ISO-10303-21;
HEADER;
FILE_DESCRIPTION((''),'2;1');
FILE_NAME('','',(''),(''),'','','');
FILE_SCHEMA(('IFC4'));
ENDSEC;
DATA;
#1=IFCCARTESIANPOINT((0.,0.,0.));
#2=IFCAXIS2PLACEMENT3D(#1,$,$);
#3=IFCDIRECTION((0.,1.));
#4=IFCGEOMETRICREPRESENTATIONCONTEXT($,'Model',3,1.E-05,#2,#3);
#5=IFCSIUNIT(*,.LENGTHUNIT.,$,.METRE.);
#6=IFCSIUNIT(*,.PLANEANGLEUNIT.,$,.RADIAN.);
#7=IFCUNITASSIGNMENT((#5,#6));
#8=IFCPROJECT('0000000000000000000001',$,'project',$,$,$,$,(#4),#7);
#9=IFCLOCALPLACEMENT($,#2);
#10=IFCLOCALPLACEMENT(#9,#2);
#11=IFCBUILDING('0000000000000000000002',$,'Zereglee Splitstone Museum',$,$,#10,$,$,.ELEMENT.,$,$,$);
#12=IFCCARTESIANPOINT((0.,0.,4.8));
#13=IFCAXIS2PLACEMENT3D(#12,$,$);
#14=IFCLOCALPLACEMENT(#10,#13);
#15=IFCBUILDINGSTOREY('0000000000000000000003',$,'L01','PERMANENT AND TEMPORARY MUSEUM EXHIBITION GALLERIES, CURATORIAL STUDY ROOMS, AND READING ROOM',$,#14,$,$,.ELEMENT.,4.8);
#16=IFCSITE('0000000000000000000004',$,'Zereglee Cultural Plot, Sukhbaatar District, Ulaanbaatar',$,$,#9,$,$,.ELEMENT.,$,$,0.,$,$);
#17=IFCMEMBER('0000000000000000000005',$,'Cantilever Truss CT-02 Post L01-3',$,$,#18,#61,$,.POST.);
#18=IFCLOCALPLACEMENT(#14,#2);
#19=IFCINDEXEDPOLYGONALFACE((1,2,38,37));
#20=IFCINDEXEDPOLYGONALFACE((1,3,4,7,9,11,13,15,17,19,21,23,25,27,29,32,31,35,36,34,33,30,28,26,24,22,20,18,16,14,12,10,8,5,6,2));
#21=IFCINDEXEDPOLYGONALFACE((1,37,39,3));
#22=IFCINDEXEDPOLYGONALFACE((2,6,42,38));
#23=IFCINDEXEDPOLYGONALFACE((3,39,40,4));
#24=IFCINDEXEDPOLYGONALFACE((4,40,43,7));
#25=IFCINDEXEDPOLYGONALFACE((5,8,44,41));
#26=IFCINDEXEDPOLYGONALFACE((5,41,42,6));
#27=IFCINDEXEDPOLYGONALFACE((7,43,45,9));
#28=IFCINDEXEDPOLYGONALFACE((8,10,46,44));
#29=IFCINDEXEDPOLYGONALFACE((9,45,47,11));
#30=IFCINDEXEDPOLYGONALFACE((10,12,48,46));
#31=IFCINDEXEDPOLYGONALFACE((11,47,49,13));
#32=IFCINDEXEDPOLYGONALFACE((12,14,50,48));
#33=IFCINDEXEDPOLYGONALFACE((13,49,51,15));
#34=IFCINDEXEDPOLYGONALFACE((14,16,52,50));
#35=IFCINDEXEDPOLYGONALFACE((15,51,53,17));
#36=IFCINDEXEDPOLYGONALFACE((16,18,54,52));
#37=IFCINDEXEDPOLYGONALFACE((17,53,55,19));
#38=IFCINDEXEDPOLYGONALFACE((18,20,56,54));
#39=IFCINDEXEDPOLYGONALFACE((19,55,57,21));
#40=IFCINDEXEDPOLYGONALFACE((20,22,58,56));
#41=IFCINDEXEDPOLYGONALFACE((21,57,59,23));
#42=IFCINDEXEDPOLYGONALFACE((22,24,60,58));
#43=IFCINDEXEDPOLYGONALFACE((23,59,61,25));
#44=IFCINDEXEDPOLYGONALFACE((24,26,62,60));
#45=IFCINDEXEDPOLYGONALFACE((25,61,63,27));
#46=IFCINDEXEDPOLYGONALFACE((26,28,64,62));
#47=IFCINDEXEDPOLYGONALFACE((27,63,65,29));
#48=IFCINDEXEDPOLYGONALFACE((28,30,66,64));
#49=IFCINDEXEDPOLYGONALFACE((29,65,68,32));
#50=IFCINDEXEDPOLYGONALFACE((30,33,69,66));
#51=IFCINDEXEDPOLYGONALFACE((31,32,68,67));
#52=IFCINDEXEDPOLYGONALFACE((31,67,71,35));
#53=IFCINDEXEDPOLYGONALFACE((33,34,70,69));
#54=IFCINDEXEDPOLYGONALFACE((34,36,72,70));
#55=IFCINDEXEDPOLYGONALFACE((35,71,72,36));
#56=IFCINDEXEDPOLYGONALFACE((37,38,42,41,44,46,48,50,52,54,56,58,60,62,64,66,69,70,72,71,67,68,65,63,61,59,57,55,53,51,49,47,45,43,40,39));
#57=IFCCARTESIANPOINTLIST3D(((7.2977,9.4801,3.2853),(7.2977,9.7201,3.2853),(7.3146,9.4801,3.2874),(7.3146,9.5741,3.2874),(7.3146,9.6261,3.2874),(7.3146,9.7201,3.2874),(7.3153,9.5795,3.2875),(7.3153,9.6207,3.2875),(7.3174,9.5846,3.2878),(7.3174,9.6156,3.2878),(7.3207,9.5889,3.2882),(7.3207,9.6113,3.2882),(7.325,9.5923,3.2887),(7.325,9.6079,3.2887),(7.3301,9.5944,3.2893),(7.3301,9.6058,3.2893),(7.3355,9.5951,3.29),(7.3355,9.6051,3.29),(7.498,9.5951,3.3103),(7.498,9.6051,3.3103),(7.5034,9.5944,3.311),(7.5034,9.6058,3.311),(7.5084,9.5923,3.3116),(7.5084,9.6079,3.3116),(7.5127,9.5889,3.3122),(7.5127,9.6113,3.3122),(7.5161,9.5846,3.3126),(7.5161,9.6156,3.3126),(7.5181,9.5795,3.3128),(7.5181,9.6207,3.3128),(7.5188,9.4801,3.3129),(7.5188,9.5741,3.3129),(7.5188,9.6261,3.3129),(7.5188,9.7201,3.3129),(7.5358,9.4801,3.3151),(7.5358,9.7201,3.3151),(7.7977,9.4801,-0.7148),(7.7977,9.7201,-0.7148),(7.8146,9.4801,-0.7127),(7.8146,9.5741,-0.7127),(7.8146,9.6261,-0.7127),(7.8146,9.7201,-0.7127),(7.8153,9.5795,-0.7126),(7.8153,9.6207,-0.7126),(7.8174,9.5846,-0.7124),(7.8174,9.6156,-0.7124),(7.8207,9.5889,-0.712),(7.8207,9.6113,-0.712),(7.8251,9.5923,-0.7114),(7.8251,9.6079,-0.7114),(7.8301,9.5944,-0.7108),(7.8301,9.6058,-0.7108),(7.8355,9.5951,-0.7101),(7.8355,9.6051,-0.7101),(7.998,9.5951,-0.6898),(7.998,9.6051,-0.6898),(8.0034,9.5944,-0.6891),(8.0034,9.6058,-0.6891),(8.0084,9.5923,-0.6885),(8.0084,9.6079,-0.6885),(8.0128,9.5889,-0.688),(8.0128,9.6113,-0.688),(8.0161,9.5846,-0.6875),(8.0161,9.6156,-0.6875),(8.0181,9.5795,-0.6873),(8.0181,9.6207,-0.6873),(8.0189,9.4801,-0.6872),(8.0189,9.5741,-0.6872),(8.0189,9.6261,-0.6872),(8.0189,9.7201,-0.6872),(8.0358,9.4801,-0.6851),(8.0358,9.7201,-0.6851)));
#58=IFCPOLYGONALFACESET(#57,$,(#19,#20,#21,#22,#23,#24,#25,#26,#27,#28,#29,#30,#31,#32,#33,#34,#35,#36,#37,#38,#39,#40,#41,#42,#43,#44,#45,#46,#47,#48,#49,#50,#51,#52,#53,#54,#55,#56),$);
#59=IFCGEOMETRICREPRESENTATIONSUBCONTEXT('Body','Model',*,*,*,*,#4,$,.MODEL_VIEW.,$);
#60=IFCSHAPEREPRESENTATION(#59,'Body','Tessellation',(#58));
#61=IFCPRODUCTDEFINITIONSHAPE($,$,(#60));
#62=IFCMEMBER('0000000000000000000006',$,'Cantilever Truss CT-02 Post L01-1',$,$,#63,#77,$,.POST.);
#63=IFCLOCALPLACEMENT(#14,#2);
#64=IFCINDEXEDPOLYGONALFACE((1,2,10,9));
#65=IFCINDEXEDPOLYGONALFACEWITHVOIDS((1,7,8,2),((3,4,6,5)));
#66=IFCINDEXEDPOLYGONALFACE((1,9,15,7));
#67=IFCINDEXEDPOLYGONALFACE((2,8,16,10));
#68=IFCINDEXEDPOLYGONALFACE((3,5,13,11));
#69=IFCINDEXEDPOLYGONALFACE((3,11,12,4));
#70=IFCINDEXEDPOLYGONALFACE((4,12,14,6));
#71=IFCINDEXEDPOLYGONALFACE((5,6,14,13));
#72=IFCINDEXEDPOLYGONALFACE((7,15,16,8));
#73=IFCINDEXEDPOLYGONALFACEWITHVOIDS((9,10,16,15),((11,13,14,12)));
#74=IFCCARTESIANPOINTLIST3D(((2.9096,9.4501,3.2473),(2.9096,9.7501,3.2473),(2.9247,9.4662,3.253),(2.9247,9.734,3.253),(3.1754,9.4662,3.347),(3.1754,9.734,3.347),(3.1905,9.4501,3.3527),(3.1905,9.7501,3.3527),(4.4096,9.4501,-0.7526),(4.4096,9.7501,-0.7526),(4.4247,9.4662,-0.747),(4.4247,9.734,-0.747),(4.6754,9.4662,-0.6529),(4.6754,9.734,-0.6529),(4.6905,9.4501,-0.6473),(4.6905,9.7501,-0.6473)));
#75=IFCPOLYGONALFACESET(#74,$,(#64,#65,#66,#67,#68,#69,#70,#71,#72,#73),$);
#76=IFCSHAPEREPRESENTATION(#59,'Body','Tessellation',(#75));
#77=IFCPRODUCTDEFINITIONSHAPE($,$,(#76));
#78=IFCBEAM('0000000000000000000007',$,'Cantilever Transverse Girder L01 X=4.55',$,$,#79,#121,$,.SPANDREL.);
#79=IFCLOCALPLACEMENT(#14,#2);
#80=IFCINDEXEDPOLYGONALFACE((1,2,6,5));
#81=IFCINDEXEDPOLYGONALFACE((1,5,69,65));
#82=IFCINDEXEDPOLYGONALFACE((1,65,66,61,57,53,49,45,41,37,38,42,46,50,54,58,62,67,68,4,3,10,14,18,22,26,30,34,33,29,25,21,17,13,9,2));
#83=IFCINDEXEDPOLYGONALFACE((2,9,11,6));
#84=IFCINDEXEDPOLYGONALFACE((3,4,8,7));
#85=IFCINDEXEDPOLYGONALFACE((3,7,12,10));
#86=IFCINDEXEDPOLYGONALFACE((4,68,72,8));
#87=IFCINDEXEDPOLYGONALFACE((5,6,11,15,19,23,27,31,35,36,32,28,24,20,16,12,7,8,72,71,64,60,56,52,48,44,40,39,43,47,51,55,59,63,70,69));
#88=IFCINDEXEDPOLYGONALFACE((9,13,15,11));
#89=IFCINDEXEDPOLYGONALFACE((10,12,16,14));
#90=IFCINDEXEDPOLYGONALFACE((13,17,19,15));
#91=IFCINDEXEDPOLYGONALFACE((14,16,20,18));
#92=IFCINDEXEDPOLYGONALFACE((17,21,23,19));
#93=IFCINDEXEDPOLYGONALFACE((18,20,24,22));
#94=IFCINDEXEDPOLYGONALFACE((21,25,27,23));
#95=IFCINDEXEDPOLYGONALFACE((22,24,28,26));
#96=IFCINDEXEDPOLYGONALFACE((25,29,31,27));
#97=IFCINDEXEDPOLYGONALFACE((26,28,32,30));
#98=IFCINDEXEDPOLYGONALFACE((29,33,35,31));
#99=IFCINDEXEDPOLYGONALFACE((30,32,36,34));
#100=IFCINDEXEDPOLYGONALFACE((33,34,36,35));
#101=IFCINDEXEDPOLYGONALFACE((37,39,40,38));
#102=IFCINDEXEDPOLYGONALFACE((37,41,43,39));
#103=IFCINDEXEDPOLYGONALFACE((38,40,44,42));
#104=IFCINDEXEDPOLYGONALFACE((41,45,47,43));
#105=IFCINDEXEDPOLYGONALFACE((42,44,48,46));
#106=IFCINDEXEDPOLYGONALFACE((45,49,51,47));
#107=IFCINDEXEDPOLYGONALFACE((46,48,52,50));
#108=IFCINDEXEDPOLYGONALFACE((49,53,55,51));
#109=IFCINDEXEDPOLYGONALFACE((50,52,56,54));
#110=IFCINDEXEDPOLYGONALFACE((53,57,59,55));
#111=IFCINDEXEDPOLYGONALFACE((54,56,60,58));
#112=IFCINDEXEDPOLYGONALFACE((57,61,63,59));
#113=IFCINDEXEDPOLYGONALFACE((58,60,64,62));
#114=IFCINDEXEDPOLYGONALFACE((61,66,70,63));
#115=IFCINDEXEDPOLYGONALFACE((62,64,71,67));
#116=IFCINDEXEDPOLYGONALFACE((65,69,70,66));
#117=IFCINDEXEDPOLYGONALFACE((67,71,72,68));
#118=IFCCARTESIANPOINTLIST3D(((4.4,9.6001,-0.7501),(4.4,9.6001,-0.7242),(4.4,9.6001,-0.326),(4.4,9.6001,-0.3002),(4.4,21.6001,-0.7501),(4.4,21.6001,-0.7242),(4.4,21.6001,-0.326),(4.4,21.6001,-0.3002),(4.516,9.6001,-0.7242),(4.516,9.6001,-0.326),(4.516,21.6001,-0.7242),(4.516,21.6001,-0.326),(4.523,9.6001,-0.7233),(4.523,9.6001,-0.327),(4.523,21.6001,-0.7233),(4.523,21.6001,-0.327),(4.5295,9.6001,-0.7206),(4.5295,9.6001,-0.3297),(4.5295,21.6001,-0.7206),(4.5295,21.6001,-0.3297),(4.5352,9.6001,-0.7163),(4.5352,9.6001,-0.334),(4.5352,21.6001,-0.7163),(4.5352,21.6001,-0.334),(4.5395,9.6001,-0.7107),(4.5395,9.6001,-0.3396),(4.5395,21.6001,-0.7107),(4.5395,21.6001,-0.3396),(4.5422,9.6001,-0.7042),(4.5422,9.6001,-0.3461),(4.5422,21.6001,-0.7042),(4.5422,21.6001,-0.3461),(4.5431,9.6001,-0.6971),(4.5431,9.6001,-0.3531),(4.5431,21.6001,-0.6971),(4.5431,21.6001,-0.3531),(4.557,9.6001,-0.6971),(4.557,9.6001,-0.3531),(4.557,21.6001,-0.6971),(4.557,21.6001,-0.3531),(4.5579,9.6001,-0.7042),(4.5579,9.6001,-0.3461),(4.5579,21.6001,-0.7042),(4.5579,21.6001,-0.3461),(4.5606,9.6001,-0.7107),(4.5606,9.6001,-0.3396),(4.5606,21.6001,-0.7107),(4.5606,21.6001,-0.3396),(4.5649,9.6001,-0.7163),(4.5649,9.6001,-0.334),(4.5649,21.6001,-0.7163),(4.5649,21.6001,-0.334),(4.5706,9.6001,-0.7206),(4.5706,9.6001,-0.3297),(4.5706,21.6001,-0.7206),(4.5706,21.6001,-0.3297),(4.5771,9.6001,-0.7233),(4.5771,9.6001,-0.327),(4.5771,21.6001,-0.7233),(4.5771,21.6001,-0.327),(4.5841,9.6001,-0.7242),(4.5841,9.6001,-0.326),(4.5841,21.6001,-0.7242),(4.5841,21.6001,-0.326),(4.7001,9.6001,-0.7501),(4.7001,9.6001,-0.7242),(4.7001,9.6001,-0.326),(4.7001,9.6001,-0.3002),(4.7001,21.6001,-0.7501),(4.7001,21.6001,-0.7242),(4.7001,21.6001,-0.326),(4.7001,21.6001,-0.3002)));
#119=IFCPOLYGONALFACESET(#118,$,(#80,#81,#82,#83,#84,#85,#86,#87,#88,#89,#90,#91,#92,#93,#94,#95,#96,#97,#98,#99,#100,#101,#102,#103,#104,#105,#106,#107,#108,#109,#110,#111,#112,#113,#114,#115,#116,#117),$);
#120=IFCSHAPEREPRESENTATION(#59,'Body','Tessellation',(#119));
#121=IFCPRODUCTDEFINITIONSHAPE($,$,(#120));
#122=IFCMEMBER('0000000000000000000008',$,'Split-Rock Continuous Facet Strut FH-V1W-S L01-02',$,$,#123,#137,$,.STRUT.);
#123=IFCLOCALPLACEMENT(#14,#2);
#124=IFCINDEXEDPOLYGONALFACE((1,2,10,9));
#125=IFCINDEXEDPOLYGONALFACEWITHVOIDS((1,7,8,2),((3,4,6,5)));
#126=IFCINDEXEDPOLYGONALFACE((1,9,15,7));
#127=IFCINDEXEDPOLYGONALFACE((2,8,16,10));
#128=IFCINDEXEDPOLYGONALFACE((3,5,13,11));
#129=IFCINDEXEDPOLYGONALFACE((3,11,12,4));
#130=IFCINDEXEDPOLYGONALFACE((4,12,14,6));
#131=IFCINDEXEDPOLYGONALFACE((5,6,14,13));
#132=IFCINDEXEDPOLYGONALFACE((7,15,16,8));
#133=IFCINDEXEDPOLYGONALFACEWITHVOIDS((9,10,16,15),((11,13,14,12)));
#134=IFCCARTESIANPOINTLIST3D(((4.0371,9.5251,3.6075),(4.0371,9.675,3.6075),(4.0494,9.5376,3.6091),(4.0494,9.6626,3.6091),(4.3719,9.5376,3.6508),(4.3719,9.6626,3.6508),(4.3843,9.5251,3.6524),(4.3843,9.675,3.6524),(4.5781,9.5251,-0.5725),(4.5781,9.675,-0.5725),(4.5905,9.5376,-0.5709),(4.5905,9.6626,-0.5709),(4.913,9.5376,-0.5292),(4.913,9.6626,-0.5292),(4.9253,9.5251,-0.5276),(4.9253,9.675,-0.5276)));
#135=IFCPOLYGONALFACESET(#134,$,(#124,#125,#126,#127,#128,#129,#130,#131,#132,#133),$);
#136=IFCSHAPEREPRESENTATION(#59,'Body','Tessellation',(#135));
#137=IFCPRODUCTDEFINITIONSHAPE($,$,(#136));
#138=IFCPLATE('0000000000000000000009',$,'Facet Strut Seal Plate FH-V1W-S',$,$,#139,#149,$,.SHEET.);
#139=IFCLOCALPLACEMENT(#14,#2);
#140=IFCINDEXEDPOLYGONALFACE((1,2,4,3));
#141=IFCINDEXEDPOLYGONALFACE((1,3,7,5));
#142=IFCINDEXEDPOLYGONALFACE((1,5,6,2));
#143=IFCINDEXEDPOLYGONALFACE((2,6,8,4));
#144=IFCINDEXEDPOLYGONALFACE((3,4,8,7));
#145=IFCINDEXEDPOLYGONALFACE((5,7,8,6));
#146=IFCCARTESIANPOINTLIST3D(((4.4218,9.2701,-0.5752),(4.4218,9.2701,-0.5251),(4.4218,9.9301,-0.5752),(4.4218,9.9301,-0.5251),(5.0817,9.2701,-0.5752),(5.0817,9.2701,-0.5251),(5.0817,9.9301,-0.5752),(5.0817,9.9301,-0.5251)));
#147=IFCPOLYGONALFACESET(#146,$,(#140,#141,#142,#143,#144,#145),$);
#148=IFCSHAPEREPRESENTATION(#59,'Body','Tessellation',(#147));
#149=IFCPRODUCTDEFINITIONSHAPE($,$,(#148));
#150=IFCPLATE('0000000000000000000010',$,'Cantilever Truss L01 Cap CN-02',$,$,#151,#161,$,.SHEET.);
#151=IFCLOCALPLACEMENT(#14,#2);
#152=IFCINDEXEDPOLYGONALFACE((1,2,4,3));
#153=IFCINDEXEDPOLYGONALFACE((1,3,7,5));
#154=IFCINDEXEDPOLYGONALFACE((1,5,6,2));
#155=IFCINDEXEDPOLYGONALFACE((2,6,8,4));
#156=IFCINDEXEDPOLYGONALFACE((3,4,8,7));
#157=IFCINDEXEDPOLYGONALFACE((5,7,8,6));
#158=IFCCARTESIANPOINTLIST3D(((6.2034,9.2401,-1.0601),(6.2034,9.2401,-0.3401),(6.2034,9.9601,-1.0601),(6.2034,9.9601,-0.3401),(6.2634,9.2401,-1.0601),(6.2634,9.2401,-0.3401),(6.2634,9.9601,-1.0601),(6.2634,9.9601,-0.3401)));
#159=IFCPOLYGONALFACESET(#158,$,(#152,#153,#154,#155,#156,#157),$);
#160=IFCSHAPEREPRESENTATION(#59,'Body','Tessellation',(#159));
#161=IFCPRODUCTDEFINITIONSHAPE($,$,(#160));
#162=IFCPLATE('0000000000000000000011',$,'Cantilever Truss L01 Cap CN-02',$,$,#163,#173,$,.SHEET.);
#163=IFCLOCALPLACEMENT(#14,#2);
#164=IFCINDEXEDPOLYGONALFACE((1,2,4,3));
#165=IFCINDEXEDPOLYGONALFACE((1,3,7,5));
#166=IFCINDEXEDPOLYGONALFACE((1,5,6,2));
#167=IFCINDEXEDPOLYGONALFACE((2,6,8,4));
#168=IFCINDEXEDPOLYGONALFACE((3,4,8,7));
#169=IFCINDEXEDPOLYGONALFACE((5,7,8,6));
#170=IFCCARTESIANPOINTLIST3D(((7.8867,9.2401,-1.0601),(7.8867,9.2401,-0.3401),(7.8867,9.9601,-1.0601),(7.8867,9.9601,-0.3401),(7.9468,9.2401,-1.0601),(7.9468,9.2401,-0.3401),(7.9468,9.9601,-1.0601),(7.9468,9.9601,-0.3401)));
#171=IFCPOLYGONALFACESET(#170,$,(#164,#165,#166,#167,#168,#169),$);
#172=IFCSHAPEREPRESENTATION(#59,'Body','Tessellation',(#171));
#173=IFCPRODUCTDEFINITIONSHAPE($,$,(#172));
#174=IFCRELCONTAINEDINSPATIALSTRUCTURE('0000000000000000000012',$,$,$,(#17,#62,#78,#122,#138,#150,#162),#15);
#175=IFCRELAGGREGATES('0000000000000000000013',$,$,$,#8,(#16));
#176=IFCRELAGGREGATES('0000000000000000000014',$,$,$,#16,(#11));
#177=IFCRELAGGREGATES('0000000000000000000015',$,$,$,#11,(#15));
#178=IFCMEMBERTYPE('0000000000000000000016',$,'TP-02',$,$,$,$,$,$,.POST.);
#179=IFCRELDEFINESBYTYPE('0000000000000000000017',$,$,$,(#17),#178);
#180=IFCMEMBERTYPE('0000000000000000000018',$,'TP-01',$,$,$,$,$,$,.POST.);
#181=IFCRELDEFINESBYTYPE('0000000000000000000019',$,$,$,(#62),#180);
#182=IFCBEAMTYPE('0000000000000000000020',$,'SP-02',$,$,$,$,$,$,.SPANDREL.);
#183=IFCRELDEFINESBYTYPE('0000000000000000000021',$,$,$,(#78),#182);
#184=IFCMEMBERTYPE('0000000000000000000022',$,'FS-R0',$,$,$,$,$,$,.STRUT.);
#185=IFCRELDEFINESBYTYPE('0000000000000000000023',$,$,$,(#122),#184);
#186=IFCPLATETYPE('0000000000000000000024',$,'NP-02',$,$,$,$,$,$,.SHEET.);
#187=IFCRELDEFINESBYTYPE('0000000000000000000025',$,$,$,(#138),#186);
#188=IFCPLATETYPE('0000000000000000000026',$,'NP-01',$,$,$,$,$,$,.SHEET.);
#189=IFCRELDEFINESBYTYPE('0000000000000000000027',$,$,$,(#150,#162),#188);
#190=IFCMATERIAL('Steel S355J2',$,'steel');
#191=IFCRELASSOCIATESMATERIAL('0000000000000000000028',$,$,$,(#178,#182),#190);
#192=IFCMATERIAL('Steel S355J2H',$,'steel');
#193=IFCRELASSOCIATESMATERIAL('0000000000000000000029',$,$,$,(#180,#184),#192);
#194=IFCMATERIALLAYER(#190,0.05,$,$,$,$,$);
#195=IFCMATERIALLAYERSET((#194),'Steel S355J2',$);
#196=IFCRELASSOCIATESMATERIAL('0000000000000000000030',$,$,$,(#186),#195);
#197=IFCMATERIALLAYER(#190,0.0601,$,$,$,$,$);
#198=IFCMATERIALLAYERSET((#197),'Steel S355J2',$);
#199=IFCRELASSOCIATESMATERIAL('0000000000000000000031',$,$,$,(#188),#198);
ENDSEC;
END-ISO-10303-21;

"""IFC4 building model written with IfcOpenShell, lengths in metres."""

from ifc_helpers import new_model, si_unit, direction, frame, origin, origin_2d, place, context, subcontext, project, spatial, rectangle, hollow_rectangle, i_section, extrude, material, layer, layer_set, material_profile, profile_set, type_object, element, save


model = new_model("IFC4")

# Units and contexts
model_context = context("Model", 3, precision=1e-05, world=origin(), true_north=direction((0.0, 1.0)))
body_context = subcontext(model_context, "Body", "Model", "MODEL_VIEW")
ifc_project = project(units=[si_unit("LENGTHUNIT", "METRE"), si_unit("PLANEANGLEUNIT", "RADIAN")], contexts=[model_context])

# Site, building, storey
site_placement = place(None, origin())
site = spatial("IfcSite", under=ifc_project, at=site_placement, Name="Zereglee Cultural Plot, Sukhbaatar District, Ulaanbaatar", CompositionType="ELEMENT", RefElevation=0.0)
building_placement = place(site_placement, origin())
building = spatial("IfcBuilding", under=site, at=building_placement, Name="Zereglee Splitstone Museum", CompositionType="ELEMENT")
storey_placement = place(building_placement, frame((0.0, 0.0, 4.8)))
storey = spatial("IfcBuildingStorey", under=building, at=storey_placement, Name="L01", Description="PERMANENT AND TEMPORARY MUSEUM EXHIBITION GALLERIES, CURATORIAL STUDY ROOMS, AND READING ROOM", CompositionType="ELEMENT", Elevation=4.8)

# Shared definitions
ifc_material_1 = material(Name="Steel S355J2H", Category="steel")

# Shared definitions
ifc_material_2 = material(Name="Steel S355J2", Category="steel")

# Members
ifc_material_profile_1 = material_profile(ifc_material_2, i_section(OverallWidth=0.24, OverallDepth=0.24, WebThickness=0.01, FlangeThickness=0.0171, FilletRadius=0.021, at=origin_2d()), Name="HE 240 B")
ifc_profile_set_1 = profile_set([ifc_material_profile_1], Name="Steel S355J2")
member_type_1 = type_object("IfcMemberType", Name="TP-02", PredefinedType="POST", material=ifc_profile_set_1)
member_1_placement = place(storey_placement, frame((7.9167, 9.6001, -0.7), z_axis=(-0.124035, 0.0, 0.992278), x_axis=(0.0, -1.0, 0.0)))
element("IfcMember", 1, at=member_1_placement, inside=storey, type_object=member_type_1, Name="Cantilever Truss CT-02 Post L01-3", PredefinedType="POST", context=body_context, shape_type="SweptSolid", body=[
    extrude(i_section(OverallWidth=0.24, OverallDepth=0.24, WebThickness=0.01, FlangeThickness=0.0171, FilletRadius=0.021, at=origin_2d()), origin(), (0.0, 0.0, 1.0), 4.0312),
])
ifc_material_profile_2 = material_profile(ifc_material_1, hollow_rectangle(XDim=0.3, YDim=0.3, WallThickness=0.0161, at=origin_2d()), Name="SHS 300x300x16")
ifc_profile_set_2 = profile_set([ifc_material_profile_2], Name="Steel S355J2H")
member_type_2 = type_object("IfcMemberType", Name="TP-01", PredefinedType="POST", material=ifc_profile_set_2)
member_2_placement = place(storey_placement, frame((4.55, 9.6001, -0.7), z_axis=(-0.351123, 0.0, 0.936329), x_axis=(0.0, -1.0, 0.0)))
element("IfcMember", 2, at=member_2_placement, inside=storey, type_object=member_type_2, Name="Cantilever Truss CT-02 Post L01-1", PredefinedType="POST", context=body_context, shape_type="SweptSolid", body=[
    extrude(hollow_rectangle(XDim=0.3, YDim=0.3, WallThickness=0.0161, at=origin_2d()), origin(), (0.0, 0.0, 1.0), 4.272),
])

# Beam
ifc_material_profile_3 = material_profile(ifc_material_2, i_section(OverallWidth=0.3, OverallDepth=0.45, WebThickness=0.0139, FlangeThickness=0.0259, FilletRadius=0.0271, at=origin_2d()), Name="HE 450 B")
ifc_profile_set_3 = profile_set([ifc_material_profile_3], Name="Steel S355J2")
beam_type_1 = type_object("IfcBeamType", Name="SP-02", PredefinedType="SPANDREL", material=ifc_profile_set_3)
beam_1_placement = place(storey_placement, frame((4.55, 9.6001, -0.5251), z_axis=(0.0, 1.0, 0.0), x_axis=(-1.0, 0.0, 0.0)))
element("IfcBeam", 3, at=beam_1_placement, inside=storey, type_object=beam_type_1, Name="Cantilever Transverse Girder L01 X=4.55", PredefinedType="SPANDREL", context=body_context, shape_type="SweptSolid", body=[
    extrude(i_section(OverallWidth=0.3, OverallDepth=0.45, WebThickness=0.0139, FlangeThickness=0.0259, FilletRadius=0.0271, at=origin_2d()), origin(), (0.0, 0.0, 1.0), 12.0),
])

# Member
ifc_material_profile_4 = material_profile(ifc_material_1, hollow_rectangle(XDim=0.1499, YDim=0.3501, WallThickness=0.0125, at=origin_2d()), Name="RHS 350x150x12.5")
ifc_profile_set_4 = profile_set([ifc_material_profile_4], Name="Steel S355J2H")
member_type_3 = type_object("IfcMemberType", Name="FS-R0", PredefinedType="STRUT", material=ifc_profile_set_4)
member_3_placement = place(storey_placement, frame((4.7517, 9.6001, -0.55), z_axis=(-0.128361, 0.0, 0.991728), x_axis=(0.0, -1.0, 0.0)))
element("IfcMember", 4, at=member_3_placement, inside=storey, type_object=member_type_3, Name="Split-Rock Continuous Facet Strut FH-V1W-S L01-02", PredefinedType="STRUT", context=body_context, shape_type="SweptSolid", body=[
    extrude(hollow_rectangle(XDim=0.1499, YDim=0.3501, WallThickness=0.0125, at=origin_2d()), origin(), (0.0, 0.0, 1.0), 4.2148),
])

# Plates
ifc_layer_1 = layer(ifc_material_2, 0.05)
ifc_layer_set_1 = layer_set([ifc_layer_1], Name="Steel S355J2")
plate_type_1 = type_object("IfcPlateType", Name="NP-02", PredefinedType="SHEET", material=ifc_layer_set_1)
plate_placement = place(storey_placement, frame((4.7517, 9.6001, -0.5752), z_axis=(0.0, 0.0, 1.0), x_axis=(1.0, 0.0, 0.0)))
element("IfcPlate", 5, at=plate_placement, inside=storey, type_object=plate_type_1, Name="Facet Strut Seal Plate FH-V1W-S", PredefinedType="SHEET", context=body_context, shape_type="SweptSolid", body=[
    extrude(rectangle(XDim=0.6599, YDim=0.6599, at=origin_2d()), origin(), (0.0, 0.0, 1.0), 0.05),
])
ifc_layer_2 = layer(ifc_material_2, 0.0601)
ifc_layer_set_2 = layer_set([ifc_layer_2], Name="Steel S355J2")
plate_type_2 = type_object("IfcPlateType", Name="NP-01", PredefinedType="SHEET", material=ifc_layer_set_2)
for number, where, z_axis, x_axis, name in (
    (6, (6.2334, 9.6001, -1.0601), (0.0, 0.0, 1.0), (1.0, 0.0, 0.0), "Cantilever Truss L01 Cap CN-02"),
    (7, (7.9167, 9.6001, -1.0601), (0.0, 0.0, 1.0), (1.0, 0.0, 0.0), "Cantilever Truss L01 Cap CN-02"),
):
    element("IfcPlate", number, at=place(storey_placement, frame(where, z_axis=z_axis, x_axis=x_axis)), inside=storey, type_object=plate_type_2, Name=name, PredefinedType="SHEET", context=body_context, shape_type="SweptSolid", body=[
        extrude(rectangle(XDim=0.0601, YDim=0.72, at=origin_2d()), origin(), (0.0, 0.0, 1.0), 0.72),
    ])

save(model, "model.ifc")
